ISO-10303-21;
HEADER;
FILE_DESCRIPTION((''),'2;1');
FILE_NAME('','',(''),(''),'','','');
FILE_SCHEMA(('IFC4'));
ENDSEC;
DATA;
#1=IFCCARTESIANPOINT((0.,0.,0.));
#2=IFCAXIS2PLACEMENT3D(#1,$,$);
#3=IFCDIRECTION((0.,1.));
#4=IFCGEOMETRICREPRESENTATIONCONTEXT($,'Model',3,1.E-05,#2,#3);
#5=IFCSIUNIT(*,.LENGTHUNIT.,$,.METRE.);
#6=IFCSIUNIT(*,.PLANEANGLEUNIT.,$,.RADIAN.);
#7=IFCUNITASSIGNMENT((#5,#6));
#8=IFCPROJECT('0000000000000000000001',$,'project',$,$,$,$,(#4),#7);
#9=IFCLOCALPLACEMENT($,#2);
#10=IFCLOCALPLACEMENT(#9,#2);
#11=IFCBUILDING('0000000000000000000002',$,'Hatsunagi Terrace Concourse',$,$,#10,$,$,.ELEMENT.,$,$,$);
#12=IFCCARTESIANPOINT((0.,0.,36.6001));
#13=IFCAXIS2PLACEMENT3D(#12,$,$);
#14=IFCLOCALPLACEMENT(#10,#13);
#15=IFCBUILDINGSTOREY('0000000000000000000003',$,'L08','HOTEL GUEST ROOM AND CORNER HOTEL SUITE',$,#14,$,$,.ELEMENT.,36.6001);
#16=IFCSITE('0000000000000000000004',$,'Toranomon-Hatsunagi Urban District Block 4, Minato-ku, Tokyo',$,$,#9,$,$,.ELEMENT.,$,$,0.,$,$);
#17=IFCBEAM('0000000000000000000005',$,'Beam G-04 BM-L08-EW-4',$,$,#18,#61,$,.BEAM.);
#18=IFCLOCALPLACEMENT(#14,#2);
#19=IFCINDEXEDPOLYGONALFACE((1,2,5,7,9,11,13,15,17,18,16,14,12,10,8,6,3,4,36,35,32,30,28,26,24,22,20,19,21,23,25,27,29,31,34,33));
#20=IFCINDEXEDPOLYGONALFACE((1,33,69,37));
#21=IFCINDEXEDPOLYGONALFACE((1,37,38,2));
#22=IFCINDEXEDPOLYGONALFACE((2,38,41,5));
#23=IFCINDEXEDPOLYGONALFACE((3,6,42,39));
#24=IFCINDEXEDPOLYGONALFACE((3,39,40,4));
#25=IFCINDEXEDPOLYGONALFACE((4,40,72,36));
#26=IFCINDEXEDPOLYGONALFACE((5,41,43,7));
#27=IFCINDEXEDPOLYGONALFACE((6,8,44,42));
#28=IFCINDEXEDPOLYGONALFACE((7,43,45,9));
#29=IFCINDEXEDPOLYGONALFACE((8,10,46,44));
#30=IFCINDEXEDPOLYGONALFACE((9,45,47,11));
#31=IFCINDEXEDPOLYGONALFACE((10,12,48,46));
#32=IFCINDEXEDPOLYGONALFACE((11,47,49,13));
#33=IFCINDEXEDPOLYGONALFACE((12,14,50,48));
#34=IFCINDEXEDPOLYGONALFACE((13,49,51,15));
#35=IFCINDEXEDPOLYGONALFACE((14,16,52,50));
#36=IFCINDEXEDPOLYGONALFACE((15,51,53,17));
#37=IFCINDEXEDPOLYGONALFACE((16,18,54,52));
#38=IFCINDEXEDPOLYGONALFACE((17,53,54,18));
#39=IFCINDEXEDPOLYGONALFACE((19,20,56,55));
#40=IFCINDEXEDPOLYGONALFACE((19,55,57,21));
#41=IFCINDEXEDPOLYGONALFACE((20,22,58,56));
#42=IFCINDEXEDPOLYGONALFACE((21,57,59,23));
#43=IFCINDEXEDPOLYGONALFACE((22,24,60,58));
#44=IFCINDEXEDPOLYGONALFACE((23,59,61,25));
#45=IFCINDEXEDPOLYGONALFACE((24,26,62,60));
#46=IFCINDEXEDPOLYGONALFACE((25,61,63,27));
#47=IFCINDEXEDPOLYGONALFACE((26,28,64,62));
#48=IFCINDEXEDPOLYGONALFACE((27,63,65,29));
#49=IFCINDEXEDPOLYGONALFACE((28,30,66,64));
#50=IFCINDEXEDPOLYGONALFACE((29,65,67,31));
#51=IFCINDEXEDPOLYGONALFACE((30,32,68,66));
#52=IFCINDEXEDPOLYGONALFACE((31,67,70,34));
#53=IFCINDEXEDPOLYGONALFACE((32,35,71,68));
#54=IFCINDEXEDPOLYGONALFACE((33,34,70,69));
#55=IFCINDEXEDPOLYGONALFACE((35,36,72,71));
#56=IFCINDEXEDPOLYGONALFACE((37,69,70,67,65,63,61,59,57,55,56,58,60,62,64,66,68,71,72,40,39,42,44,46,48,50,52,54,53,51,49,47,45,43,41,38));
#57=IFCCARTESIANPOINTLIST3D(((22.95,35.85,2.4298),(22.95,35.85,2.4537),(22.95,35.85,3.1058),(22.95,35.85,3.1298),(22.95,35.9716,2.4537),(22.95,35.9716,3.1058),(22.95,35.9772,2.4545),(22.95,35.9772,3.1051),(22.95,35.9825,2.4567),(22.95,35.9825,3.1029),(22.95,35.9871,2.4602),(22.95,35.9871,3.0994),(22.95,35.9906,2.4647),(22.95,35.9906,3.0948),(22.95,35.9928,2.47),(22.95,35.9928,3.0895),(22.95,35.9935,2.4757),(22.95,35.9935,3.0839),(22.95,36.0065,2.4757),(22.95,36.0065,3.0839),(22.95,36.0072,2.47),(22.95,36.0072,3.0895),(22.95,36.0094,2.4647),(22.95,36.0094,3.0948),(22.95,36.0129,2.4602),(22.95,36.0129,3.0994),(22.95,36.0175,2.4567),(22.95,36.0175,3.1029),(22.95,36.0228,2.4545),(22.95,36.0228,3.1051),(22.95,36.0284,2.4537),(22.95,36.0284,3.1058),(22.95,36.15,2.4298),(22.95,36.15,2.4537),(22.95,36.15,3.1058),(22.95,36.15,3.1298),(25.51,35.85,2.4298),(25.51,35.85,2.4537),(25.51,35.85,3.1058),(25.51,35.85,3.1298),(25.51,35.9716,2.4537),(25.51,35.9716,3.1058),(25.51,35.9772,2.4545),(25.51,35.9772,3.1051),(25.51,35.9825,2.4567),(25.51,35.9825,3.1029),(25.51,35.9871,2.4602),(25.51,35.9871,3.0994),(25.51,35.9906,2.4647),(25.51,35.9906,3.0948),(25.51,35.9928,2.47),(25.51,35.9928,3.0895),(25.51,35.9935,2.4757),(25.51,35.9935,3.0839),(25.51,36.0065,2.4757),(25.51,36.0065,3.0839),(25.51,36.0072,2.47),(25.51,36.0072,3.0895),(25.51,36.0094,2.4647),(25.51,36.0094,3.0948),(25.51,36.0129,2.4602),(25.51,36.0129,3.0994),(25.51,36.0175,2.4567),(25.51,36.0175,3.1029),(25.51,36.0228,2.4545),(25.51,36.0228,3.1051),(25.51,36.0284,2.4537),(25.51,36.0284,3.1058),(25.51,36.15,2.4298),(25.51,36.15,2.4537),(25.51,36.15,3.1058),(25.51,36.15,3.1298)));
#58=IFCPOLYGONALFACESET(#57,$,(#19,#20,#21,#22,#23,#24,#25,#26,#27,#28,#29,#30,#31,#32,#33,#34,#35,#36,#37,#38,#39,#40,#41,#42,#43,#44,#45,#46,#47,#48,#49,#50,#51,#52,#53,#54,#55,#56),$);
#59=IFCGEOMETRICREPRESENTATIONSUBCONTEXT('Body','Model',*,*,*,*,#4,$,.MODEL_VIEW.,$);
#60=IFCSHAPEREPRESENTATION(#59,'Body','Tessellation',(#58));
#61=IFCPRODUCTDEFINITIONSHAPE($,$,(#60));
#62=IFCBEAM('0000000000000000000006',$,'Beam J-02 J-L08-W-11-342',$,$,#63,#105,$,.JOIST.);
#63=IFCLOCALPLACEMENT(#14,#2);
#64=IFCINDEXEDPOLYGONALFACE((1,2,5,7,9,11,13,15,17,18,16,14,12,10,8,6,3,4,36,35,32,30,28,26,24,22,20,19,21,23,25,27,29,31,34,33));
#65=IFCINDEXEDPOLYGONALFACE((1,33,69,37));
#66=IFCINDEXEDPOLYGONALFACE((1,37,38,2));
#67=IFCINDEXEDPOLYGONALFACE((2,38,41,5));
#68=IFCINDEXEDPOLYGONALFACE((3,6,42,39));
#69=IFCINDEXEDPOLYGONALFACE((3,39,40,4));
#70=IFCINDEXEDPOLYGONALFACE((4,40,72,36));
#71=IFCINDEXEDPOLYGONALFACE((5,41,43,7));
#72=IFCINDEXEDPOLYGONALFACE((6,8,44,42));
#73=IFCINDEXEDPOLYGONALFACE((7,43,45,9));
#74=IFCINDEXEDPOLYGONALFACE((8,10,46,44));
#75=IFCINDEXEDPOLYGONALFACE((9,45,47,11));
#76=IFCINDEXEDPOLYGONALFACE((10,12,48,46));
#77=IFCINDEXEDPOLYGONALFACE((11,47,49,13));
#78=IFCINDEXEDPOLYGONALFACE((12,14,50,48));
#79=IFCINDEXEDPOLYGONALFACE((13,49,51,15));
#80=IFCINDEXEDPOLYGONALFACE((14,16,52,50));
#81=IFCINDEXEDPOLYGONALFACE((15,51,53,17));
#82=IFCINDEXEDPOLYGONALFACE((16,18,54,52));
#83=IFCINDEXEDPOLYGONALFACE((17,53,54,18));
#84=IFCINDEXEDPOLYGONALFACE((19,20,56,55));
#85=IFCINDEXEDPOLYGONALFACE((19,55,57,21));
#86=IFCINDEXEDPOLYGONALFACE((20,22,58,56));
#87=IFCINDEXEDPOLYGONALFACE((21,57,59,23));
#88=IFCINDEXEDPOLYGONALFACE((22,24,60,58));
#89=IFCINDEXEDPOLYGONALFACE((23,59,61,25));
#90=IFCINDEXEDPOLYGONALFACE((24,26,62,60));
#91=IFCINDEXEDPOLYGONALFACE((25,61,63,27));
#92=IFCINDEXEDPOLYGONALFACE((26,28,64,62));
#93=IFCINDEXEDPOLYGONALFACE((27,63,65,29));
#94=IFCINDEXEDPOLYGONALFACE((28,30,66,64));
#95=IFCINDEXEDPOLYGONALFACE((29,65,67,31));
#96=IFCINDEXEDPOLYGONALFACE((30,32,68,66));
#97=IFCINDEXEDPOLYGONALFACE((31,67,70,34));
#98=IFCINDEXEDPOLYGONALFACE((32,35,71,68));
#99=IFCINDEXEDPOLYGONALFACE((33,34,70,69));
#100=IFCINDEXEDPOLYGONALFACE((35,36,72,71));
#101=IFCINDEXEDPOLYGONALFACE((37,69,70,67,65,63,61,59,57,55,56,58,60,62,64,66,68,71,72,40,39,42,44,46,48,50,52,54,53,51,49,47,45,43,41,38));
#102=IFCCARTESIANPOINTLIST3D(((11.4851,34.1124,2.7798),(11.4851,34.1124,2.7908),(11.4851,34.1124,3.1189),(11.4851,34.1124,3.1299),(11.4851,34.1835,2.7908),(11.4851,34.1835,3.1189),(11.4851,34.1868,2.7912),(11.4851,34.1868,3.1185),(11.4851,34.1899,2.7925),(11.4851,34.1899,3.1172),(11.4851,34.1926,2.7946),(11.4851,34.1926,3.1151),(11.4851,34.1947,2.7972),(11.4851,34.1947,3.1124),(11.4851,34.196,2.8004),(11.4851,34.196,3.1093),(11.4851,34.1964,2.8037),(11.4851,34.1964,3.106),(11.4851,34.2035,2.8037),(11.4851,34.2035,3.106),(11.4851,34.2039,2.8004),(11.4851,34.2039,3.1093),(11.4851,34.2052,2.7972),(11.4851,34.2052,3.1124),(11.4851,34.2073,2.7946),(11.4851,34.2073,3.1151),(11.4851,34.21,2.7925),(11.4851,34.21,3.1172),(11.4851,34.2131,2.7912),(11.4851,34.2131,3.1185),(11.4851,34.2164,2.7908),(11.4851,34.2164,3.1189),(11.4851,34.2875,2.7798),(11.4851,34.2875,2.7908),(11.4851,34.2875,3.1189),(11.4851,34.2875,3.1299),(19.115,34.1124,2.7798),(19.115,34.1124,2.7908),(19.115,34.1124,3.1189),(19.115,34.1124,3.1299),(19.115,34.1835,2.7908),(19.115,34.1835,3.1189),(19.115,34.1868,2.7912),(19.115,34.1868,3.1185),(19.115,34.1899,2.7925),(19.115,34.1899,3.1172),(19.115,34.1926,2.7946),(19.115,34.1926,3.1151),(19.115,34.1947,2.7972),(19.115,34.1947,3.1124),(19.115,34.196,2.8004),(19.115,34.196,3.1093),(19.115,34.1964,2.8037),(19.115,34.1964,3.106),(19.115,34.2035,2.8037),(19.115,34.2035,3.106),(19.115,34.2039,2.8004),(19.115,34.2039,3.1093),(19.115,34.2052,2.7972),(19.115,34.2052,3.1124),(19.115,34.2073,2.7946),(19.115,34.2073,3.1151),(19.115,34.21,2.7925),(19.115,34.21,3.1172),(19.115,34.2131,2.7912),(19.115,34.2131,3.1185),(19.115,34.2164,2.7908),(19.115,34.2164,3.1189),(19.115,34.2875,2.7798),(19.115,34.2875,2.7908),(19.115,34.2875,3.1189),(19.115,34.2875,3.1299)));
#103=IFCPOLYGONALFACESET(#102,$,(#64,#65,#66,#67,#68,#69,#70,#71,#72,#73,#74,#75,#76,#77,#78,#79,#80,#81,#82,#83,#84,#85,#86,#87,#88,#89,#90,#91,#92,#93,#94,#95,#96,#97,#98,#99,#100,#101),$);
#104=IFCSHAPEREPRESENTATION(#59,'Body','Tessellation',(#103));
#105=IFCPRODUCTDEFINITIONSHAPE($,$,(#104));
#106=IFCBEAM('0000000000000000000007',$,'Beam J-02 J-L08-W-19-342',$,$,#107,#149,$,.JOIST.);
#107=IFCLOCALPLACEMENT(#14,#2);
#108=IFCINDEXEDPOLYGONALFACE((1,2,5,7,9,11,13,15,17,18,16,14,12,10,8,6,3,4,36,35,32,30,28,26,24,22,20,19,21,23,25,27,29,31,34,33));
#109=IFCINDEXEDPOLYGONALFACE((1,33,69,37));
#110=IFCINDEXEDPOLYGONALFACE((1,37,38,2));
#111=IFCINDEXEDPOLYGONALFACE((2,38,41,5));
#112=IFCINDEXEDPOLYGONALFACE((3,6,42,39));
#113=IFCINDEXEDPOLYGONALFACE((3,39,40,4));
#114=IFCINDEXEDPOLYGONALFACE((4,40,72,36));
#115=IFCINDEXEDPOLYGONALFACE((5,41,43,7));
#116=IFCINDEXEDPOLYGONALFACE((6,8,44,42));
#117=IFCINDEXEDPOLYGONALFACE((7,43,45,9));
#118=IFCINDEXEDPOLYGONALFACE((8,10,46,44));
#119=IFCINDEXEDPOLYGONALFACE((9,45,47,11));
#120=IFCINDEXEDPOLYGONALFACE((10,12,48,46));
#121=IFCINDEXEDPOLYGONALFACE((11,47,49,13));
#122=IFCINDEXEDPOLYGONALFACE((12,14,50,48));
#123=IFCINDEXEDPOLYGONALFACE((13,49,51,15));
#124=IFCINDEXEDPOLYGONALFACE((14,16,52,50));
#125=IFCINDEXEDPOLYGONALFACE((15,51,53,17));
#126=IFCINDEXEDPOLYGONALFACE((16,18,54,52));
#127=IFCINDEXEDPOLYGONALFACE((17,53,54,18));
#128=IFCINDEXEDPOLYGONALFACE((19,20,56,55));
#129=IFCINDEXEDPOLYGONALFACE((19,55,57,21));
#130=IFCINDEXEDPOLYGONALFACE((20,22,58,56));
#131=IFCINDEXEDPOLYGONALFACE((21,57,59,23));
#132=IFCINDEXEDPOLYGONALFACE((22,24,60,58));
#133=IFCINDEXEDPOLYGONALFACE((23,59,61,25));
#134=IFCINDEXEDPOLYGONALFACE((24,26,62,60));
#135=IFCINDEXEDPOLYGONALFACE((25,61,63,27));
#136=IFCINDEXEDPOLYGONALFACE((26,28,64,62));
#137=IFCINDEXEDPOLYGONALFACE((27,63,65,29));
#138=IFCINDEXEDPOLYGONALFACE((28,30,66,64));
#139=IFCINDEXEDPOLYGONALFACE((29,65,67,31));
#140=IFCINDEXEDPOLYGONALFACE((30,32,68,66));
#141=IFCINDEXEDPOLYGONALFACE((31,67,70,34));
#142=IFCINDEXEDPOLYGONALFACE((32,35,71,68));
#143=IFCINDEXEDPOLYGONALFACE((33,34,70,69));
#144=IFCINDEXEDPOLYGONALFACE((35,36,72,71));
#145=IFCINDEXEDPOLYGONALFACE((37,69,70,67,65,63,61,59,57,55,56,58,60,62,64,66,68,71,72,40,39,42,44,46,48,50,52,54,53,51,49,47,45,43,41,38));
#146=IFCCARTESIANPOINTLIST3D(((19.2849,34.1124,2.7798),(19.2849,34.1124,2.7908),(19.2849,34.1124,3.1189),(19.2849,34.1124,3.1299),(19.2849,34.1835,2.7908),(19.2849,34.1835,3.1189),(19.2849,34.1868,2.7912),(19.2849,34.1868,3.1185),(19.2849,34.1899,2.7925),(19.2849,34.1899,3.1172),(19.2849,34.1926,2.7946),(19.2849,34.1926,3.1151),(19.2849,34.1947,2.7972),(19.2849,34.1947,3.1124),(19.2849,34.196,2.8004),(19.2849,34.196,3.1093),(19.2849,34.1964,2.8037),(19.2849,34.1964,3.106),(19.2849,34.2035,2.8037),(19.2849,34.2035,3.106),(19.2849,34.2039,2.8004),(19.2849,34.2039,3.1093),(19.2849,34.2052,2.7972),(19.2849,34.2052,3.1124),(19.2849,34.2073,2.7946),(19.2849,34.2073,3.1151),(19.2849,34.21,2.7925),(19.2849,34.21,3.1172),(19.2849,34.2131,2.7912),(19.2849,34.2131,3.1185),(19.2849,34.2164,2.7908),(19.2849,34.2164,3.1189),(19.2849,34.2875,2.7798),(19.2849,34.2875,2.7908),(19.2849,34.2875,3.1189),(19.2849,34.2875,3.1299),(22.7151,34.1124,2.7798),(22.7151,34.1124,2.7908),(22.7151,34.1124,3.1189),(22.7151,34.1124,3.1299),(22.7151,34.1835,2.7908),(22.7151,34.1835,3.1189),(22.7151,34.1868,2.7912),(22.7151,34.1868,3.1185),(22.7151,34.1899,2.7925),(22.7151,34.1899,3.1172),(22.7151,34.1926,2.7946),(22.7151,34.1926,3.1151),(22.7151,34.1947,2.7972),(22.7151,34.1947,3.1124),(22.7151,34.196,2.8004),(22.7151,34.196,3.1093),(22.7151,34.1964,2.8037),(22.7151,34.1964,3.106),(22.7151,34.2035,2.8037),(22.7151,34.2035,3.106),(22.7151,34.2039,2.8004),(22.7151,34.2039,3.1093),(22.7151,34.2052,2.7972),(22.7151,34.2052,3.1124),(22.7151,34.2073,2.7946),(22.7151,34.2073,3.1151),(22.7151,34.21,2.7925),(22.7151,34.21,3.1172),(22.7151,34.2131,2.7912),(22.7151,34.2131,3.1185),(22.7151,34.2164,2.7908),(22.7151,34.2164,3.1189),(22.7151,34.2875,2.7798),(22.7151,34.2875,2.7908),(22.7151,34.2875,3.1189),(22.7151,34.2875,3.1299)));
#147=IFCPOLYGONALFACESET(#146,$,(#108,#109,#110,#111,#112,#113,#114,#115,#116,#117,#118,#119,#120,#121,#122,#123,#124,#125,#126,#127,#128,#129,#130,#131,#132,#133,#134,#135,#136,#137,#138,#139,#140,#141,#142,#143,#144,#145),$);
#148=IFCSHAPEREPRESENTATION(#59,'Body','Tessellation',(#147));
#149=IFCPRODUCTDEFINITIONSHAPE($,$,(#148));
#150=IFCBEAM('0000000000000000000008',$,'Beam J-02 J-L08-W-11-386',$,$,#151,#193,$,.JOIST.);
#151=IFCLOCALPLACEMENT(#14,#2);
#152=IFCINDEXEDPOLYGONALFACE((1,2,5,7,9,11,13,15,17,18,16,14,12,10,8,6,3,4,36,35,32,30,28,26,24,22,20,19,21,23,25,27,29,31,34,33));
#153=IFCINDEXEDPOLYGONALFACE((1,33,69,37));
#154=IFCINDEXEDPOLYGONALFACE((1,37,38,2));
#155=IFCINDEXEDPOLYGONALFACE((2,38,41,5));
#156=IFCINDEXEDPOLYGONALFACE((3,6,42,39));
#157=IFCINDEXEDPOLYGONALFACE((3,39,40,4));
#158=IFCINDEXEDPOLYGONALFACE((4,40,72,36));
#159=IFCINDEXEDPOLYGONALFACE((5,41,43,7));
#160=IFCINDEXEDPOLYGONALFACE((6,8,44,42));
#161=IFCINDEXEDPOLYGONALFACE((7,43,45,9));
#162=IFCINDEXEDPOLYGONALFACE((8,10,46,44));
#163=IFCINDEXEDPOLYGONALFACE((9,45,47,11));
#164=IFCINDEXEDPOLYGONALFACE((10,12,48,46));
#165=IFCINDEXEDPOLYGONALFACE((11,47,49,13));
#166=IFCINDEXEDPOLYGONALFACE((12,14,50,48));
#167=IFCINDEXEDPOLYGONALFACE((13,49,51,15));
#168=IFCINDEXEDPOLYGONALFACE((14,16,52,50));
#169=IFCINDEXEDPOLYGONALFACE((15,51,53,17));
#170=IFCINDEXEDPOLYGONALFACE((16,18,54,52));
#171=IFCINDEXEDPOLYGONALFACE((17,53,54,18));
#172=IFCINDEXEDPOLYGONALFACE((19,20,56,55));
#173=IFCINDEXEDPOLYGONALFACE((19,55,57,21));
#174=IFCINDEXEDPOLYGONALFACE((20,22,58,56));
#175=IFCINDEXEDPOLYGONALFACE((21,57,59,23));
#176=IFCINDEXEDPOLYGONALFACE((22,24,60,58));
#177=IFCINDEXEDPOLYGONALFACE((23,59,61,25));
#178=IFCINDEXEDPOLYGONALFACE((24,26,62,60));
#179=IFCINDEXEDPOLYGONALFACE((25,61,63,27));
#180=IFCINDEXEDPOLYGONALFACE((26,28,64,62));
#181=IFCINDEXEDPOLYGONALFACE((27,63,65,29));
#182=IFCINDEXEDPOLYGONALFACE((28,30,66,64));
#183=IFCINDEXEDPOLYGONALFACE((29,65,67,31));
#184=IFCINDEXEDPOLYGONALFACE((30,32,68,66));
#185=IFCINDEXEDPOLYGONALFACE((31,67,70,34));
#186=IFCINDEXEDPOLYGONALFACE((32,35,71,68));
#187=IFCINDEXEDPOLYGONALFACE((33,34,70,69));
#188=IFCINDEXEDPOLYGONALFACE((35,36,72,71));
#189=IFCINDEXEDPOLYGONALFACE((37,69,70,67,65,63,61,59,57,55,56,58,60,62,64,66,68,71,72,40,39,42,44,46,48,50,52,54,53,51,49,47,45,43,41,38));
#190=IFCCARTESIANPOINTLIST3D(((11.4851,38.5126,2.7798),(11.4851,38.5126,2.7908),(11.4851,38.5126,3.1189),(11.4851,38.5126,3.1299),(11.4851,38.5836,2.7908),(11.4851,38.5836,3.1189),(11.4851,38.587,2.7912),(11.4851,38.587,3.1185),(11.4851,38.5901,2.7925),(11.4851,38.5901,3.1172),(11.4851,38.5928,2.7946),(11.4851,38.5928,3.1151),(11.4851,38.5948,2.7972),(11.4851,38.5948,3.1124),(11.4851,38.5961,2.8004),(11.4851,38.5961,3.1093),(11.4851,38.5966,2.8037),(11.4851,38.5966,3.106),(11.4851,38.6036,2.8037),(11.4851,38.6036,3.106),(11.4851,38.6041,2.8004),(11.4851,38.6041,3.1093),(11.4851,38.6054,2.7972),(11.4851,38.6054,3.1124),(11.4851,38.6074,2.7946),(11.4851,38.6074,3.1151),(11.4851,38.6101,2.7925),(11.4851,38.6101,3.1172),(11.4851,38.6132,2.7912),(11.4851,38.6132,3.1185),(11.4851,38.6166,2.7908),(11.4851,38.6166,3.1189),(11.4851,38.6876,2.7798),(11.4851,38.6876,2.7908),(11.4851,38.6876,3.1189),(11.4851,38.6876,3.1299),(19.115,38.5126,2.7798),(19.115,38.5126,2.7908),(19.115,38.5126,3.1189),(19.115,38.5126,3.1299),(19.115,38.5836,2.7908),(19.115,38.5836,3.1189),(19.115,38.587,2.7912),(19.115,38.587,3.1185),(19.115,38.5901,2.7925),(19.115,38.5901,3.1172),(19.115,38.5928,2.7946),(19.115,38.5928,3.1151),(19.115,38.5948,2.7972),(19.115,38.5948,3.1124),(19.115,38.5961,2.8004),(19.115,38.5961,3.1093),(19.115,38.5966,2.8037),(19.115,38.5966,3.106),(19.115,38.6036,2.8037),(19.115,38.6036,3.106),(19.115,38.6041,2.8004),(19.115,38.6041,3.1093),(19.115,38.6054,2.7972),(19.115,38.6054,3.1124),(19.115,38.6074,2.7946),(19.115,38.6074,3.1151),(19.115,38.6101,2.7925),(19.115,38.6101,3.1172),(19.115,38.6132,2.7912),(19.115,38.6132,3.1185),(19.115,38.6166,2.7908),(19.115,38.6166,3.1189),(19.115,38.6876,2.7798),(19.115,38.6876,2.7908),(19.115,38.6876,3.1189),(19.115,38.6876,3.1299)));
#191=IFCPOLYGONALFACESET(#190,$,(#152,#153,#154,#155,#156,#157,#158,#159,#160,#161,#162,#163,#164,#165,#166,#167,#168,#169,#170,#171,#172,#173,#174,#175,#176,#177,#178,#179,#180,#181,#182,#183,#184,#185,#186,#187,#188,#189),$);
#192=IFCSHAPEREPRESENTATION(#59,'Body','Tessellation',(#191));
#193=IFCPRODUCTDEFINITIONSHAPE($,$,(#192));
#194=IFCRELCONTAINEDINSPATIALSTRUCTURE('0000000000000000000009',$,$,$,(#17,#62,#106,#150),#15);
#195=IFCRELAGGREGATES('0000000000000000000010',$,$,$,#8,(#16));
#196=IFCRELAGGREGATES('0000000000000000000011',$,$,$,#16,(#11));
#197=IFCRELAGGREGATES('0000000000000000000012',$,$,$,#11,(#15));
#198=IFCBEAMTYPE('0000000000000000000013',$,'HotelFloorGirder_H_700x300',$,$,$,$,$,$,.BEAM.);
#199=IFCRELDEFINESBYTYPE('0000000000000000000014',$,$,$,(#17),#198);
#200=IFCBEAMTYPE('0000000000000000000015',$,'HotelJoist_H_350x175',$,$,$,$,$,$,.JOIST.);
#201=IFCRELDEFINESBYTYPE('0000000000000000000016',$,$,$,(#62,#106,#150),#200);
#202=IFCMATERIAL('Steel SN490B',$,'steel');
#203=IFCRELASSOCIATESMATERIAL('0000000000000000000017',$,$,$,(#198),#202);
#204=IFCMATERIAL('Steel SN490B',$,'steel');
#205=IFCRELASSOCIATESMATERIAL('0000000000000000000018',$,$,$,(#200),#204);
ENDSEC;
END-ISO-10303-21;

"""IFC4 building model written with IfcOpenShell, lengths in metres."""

from ifc_helpers import new_model, si_unit, direction, frame, origin, origin_2d, place, context, subcontext, project, spatial, i_section, extrude, material, material_profile, profile_set, type_object, element, save


model = new_model("IFC4")

# Units and contexts
model_context = context("Model", 3, precision=1e-05, world=origin(), true_north=direction((0.0, 1.0)))
body_context = subcontext(model_context, "Body", "Model", "MODEL_VIEW")
ifc_project = project(units=[si_unit("LENGTHUNIT", "METRE"), si_unit("PLANEANGLEUNIT", "RADIAN")], contexts=[model_context])

# Site, building, storey
site_placement = place(None, origin())
site = spatial("IfcSite", under=ifc_project, at=site_placement, Name="Toranomon-Hatsunagi Urban District Block 4, Minato-ku, Tokyo", CompositionType="ELEMENT", RefElevation=0.0)
building_placement = place(site_placement, origin())
building = spatial("IfcBuilding", under=site, at=building_placement, Name="Hatsunagi Terrace Concourse", CompositionType="ELEMENT")
storey_placement = place(building_placement, frame((0.0, 0.0, 36.6001)))
storey = spatial("IfcBuildingStorey", under=building, at=storey_placement, Name="L08", Description="HOTEL GUEST ROOM AND CORNER HOTEL SUITE", CompositionType="ELEMENT", Elevation=36.6001)

# Beams
ifc_material_1 = material(Name="Steel SN490B", Category="steel")
ifc_material_profile_1 = material_profile(ifc_material_1, i_section(OverallWidth=0.3, OverallDepth=0.7, WebThickness=0.0129, FlangeThickness=0.0239, FilletRadius=0.022, at=origin_2d()), Name="H-700x300x13x24")
ifc_profile_set_1 = profile_set([ifc_material_profile_1], Name="Steel SN490B")
beam_type_1 = type_object("IfcBeamType", Name="HotelFloorGirder_H_700x300", PredefinedType="BEAM", material=ifc_profile_set_1)
beam_1_placement = place(storey_placement, frame((22.95, 36.0, 2.7798), z_axis=(1.0, 0.0, 0.0), x_axis=(0.0, 1.0, 0.0)))
element("IfcBeam", 1, at=beam_1_placement, inside=storey, type_object=beam_type_1, Name="Beam G-04 BM-L08-EW-4", PredefinedType="BEAM", context=body_context, shape_type="SweptSolid", body=[
    extrude(i_section(OverallWidth=0.3, OverallDepth=0.7, WebThickness=0.0129, FlangeThickness=0.0239, FilletRadius=0.022, at=origin_2d()), origin(), (0.0, 0.0, 1.0), 2.5601),
])
ifc_material_2 = material(Name="Steel SN490B", Category="steel")
ifc_material_profile_2 = material_profile(ifc_material_2, i_section(OverallWidth=0.175, OverallDepth=0.3501, WebThickness=0.0071, FlangeThickness=0.011, FilletRadius=0.0129, at=origin_2d()), Name="H-350x175x7x11")
ifc_profile_set_2 = profile_set([ifc_material_profile_2], Name="Steel SN490B")
beam_type_2 = type_object("IfcBeamType", Name="HotelJoist_H_350x175", PredefinedType="JOIST", material=ifc_profile_set_2)
beam_2_placement = place(storey_placement, frame((11.4851, 34.2, 2.9548), z_axis=(1.0, 0.0, 0.0), x_axis=(0.0, 1.0, 0.0)))
element("IfcBeam", 2, at=beam_2_placement, inside=storey, type_object=beam_type_2, Name="Beam J-02 J-L08-W-11-342", PredefinedType="JOIST", context=body_context, shape_type="SweptSolid", body=[
    extrude(i_section(OverallWidth=0.175, OverallDepth=0.3501, WebThickness=0.0071, FlangeThickness=0.011, FilletRadius=0.0129, at=origin_2d()), origin(), (0.0, 0.0, 1.0), 7.6299),
])
beam_3_placement = place(storey_placement, frame((19.2849, 34.2, 2.9548), z_axis=(1.0, 0.0, 0.0), x_axis=(0.0, 1.0, 0.0)))
element("IfcBeam", 3, at=beam_3_placement, inside=storey, type_object=beam_type_2, Name="Beam J-02 J-L08-W-19-342", PredefinedType="JOIST", context=body_context, shape_type="SweptSolid", body=[
    extrude(i_section(OverallWidth=0.175, OverallDepth=0.3501, WebThickness=0.0071, FlangeThickness=0.011, FilletRadius=0.0129, at=origin_2d()), origin(), (0.0, 0.0, 1.0), 3.4302),
])
beam_4_placement = place(storey_placement, frame((11.4851, 38.6001, 2.9548), z_axis=(1.0, 0.0, 0.0), x_axis=(0.0, 1.0, 0.0)))
element("IfcBeam", 4, at=beam_4_placement, inside=storey, type_object=beam_type_2, Name="Beam J-02 J-L08-W-11-386", PredefinedType="JOIST", context=body_context, shape_type="SweptSolid", body=[
    extrude(i_section(OverallWidth=0.175, OverallDepth=0.3501, WebThickness=0.0071, FlangeThickness=0.011, FilletRadius=0.0129, at=origin_2d()), origin(), (0.0, 0.0, 1.0), 7.6299),
])

save(model, "model.ifc")
